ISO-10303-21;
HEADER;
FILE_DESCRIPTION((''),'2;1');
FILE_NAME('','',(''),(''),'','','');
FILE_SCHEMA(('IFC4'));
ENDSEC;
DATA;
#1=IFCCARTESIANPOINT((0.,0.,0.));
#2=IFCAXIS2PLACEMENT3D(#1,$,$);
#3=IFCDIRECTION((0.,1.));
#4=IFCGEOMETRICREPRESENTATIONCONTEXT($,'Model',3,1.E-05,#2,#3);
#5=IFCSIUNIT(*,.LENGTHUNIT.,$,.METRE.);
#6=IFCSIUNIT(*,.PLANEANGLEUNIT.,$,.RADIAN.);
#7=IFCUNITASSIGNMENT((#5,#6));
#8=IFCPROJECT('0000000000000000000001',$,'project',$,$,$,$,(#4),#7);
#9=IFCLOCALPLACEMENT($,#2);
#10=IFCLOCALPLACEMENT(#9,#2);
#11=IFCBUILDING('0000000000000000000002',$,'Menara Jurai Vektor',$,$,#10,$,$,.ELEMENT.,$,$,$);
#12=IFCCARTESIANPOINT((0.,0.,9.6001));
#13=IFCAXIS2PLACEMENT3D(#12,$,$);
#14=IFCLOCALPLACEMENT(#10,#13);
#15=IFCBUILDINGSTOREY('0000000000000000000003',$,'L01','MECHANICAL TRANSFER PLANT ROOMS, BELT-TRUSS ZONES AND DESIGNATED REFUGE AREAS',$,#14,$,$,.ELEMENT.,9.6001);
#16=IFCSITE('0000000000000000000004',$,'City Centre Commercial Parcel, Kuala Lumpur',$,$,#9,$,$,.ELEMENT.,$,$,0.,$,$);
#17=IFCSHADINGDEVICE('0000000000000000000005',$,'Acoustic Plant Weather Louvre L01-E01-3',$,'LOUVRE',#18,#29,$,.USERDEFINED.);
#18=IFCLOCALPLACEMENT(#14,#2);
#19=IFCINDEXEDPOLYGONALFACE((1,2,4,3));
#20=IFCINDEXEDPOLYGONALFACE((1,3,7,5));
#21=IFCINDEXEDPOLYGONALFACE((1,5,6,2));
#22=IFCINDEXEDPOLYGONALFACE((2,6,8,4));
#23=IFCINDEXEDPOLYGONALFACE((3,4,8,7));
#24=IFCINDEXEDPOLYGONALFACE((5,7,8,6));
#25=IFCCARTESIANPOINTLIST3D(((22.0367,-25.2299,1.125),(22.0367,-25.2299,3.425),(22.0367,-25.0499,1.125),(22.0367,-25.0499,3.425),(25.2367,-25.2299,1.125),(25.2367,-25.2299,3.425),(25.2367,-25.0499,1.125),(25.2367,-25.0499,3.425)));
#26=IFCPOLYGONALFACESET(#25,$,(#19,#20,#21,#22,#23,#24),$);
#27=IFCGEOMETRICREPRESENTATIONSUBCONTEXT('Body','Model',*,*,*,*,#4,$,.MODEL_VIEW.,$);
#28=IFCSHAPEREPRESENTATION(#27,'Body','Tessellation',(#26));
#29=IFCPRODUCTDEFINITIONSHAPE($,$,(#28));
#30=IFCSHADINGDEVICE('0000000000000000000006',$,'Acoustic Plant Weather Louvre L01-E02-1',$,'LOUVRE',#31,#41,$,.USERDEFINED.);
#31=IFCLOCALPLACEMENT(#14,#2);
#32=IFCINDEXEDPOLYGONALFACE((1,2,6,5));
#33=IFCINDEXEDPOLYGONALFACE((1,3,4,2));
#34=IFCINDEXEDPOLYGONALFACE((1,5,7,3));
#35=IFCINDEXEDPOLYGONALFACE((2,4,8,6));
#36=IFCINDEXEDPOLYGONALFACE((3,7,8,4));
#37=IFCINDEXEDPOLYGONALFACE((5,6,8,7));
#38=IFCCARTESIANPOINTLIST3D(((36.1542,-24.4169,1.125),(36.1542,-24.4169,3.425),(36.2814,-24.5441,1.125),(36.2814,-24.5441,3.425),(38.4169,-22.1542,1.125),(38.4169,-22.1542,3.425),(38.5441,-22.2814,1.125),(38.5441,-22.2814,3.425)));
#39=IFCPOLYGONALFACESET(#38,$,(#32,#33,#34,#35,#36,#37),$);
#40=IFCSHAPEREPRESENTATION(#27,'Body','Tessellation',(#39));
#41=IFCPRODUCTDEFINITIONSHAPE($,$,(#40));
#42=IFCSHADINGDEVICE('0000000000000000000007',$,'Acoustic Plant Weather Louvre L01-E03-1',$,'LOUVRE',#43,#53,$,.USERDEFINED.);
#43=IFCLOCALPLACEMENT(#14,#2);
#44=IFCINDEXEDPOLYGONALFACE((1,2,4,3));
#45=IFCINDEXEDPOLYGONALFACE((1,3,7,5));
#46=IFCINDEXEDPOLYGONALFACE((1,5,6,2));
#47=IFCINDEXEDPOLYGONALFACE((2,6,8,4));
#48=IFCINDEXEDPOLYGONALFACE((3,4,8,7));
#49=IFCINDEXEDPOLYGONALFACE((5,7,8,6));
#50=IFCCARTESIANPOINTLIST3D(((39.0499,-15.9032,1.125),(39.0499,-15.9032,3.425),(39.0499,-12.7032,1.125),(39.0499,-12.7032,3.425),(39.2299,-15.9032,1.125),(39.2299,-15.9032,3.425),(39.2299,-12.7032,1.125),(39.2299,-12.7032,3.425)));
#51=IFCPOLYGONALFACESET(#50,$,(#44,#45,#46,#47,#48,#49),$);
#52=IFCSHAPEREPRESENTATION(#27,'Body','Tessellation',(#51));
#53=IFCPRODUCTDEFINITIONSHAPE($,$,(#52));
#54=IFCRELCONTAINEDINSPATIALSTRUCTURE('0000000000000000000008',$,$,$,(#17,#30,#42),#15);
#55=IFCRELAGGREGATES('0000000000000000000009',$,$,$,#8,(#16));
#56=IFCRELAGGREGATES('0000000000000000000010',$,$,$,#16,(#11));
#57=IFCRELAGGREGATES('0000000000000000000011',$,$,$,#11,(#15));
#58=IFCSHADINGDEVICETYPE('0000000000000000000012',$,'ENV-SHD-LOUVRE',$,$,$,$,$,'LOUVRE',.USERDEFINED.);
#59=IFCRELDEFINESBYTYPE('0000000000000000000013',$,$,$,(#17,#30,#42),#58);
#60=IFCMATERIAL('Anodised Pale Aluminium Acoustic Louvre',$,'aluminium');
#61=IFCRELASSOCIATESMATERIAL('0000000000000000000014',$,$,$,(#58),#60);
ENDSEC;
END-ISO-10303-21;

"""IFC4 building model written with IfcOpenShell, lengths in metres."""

from ifc_helpers import new_model, si_unit, direction, frame, origin, origin_2d, place, context, subcontext, project, spatial, rectangle, extrude, material, type_object, element, save


model = new_model("IFC4")

# Units and contexts
model_context = context("Model", 3, precision=1e-05, world=origin(), true_north=direction((0.0, 1.0)))
body_context = subcontext(model_context, "Body", "Model", "MODEL_VIEW")
ifc_project = project(units=[si_unit("LENGTHUNIT", "METRE"), si_unit("PLANEANGLEUNIT", "RADIAN")], contexts=[model_context])

# Site, building, storey
site_placement = place(None, origin())
site = spatial("IfcSite", under=ifc_project, at=site_placement, Name="City Centre Commercial Parcel, Kuala Lumpur", CompositionType="ELEMENT", RefElevation=0.0)
building_placement = place(site_placement, origin())
building = spatial("IfcBuilding", under=site, at=building_placement, Name="Menara Jurai Vektor", CompositionType="ELEMENT")
storey_placement = place(building_placement, frame((0.0, 0.0, 9.6001)))
storey = spatial("IfcBuildingStorey", under=building, at=storey_placement, Name="L01", Description="MECHANICAL TRANSFER PLANT ROOMS, BELT-TRUSS ZONES AND DESIGNATED REFUGE AREAS", CompositionType="ELEMENT", Elevation=9.6001)

# Shading devices
ifc_material_1 = material(Name="Anodised Pale Aluminium Acoustic Louvre", Category="aluminium")
shading_device_type = type_object("IfcShadingDeviceType", Name="ENV-SHD-LOUVRE", ElementType="LOUVRE", PredefinedType="USERDEFINED", material=ifc_material_1)
for number, where, z_axis, x_axis, name in (
    (1, (23.6367, -25.1399, 1.125), (0.0, 0.0, 1.0), (1.0, 0.0, 0.0), "Acoustic Plant Weather Louvre L01-E01-3"),
    (2, (37.3491, -23.3491, 1.125), (0.0, 0.0, 1.0), (0.707107, 0.707107, 0.0), "Acoustic Plant Weather Louvre L01-E02-1"),
    (3, (39.1399, -14.3032, 1.125), (0.0, 0.0, 1.0), (0.0, 1.0, 0.0), "Acoustic Plant Weather Louvre L01-E03-1"),
):
    element("IfcShadingDevice", number, at=place(storey_placement, frame(where, z_axis=z_axis, x_axis=x_axis)), inside=storey, type_object=shading_device_type, Name=name, ObjectType="LOUVRE", PredefinedType="USERDEFINED", context=body_context, shape_type="SweptSolid", body=[
        extrude(rectangle(XDim=3.2, YDim=0.1799, at=origin_2d()), origin(), (0.0, 0.0, 1.0), 2.3),
    ])

save(model, "model.ifc")
